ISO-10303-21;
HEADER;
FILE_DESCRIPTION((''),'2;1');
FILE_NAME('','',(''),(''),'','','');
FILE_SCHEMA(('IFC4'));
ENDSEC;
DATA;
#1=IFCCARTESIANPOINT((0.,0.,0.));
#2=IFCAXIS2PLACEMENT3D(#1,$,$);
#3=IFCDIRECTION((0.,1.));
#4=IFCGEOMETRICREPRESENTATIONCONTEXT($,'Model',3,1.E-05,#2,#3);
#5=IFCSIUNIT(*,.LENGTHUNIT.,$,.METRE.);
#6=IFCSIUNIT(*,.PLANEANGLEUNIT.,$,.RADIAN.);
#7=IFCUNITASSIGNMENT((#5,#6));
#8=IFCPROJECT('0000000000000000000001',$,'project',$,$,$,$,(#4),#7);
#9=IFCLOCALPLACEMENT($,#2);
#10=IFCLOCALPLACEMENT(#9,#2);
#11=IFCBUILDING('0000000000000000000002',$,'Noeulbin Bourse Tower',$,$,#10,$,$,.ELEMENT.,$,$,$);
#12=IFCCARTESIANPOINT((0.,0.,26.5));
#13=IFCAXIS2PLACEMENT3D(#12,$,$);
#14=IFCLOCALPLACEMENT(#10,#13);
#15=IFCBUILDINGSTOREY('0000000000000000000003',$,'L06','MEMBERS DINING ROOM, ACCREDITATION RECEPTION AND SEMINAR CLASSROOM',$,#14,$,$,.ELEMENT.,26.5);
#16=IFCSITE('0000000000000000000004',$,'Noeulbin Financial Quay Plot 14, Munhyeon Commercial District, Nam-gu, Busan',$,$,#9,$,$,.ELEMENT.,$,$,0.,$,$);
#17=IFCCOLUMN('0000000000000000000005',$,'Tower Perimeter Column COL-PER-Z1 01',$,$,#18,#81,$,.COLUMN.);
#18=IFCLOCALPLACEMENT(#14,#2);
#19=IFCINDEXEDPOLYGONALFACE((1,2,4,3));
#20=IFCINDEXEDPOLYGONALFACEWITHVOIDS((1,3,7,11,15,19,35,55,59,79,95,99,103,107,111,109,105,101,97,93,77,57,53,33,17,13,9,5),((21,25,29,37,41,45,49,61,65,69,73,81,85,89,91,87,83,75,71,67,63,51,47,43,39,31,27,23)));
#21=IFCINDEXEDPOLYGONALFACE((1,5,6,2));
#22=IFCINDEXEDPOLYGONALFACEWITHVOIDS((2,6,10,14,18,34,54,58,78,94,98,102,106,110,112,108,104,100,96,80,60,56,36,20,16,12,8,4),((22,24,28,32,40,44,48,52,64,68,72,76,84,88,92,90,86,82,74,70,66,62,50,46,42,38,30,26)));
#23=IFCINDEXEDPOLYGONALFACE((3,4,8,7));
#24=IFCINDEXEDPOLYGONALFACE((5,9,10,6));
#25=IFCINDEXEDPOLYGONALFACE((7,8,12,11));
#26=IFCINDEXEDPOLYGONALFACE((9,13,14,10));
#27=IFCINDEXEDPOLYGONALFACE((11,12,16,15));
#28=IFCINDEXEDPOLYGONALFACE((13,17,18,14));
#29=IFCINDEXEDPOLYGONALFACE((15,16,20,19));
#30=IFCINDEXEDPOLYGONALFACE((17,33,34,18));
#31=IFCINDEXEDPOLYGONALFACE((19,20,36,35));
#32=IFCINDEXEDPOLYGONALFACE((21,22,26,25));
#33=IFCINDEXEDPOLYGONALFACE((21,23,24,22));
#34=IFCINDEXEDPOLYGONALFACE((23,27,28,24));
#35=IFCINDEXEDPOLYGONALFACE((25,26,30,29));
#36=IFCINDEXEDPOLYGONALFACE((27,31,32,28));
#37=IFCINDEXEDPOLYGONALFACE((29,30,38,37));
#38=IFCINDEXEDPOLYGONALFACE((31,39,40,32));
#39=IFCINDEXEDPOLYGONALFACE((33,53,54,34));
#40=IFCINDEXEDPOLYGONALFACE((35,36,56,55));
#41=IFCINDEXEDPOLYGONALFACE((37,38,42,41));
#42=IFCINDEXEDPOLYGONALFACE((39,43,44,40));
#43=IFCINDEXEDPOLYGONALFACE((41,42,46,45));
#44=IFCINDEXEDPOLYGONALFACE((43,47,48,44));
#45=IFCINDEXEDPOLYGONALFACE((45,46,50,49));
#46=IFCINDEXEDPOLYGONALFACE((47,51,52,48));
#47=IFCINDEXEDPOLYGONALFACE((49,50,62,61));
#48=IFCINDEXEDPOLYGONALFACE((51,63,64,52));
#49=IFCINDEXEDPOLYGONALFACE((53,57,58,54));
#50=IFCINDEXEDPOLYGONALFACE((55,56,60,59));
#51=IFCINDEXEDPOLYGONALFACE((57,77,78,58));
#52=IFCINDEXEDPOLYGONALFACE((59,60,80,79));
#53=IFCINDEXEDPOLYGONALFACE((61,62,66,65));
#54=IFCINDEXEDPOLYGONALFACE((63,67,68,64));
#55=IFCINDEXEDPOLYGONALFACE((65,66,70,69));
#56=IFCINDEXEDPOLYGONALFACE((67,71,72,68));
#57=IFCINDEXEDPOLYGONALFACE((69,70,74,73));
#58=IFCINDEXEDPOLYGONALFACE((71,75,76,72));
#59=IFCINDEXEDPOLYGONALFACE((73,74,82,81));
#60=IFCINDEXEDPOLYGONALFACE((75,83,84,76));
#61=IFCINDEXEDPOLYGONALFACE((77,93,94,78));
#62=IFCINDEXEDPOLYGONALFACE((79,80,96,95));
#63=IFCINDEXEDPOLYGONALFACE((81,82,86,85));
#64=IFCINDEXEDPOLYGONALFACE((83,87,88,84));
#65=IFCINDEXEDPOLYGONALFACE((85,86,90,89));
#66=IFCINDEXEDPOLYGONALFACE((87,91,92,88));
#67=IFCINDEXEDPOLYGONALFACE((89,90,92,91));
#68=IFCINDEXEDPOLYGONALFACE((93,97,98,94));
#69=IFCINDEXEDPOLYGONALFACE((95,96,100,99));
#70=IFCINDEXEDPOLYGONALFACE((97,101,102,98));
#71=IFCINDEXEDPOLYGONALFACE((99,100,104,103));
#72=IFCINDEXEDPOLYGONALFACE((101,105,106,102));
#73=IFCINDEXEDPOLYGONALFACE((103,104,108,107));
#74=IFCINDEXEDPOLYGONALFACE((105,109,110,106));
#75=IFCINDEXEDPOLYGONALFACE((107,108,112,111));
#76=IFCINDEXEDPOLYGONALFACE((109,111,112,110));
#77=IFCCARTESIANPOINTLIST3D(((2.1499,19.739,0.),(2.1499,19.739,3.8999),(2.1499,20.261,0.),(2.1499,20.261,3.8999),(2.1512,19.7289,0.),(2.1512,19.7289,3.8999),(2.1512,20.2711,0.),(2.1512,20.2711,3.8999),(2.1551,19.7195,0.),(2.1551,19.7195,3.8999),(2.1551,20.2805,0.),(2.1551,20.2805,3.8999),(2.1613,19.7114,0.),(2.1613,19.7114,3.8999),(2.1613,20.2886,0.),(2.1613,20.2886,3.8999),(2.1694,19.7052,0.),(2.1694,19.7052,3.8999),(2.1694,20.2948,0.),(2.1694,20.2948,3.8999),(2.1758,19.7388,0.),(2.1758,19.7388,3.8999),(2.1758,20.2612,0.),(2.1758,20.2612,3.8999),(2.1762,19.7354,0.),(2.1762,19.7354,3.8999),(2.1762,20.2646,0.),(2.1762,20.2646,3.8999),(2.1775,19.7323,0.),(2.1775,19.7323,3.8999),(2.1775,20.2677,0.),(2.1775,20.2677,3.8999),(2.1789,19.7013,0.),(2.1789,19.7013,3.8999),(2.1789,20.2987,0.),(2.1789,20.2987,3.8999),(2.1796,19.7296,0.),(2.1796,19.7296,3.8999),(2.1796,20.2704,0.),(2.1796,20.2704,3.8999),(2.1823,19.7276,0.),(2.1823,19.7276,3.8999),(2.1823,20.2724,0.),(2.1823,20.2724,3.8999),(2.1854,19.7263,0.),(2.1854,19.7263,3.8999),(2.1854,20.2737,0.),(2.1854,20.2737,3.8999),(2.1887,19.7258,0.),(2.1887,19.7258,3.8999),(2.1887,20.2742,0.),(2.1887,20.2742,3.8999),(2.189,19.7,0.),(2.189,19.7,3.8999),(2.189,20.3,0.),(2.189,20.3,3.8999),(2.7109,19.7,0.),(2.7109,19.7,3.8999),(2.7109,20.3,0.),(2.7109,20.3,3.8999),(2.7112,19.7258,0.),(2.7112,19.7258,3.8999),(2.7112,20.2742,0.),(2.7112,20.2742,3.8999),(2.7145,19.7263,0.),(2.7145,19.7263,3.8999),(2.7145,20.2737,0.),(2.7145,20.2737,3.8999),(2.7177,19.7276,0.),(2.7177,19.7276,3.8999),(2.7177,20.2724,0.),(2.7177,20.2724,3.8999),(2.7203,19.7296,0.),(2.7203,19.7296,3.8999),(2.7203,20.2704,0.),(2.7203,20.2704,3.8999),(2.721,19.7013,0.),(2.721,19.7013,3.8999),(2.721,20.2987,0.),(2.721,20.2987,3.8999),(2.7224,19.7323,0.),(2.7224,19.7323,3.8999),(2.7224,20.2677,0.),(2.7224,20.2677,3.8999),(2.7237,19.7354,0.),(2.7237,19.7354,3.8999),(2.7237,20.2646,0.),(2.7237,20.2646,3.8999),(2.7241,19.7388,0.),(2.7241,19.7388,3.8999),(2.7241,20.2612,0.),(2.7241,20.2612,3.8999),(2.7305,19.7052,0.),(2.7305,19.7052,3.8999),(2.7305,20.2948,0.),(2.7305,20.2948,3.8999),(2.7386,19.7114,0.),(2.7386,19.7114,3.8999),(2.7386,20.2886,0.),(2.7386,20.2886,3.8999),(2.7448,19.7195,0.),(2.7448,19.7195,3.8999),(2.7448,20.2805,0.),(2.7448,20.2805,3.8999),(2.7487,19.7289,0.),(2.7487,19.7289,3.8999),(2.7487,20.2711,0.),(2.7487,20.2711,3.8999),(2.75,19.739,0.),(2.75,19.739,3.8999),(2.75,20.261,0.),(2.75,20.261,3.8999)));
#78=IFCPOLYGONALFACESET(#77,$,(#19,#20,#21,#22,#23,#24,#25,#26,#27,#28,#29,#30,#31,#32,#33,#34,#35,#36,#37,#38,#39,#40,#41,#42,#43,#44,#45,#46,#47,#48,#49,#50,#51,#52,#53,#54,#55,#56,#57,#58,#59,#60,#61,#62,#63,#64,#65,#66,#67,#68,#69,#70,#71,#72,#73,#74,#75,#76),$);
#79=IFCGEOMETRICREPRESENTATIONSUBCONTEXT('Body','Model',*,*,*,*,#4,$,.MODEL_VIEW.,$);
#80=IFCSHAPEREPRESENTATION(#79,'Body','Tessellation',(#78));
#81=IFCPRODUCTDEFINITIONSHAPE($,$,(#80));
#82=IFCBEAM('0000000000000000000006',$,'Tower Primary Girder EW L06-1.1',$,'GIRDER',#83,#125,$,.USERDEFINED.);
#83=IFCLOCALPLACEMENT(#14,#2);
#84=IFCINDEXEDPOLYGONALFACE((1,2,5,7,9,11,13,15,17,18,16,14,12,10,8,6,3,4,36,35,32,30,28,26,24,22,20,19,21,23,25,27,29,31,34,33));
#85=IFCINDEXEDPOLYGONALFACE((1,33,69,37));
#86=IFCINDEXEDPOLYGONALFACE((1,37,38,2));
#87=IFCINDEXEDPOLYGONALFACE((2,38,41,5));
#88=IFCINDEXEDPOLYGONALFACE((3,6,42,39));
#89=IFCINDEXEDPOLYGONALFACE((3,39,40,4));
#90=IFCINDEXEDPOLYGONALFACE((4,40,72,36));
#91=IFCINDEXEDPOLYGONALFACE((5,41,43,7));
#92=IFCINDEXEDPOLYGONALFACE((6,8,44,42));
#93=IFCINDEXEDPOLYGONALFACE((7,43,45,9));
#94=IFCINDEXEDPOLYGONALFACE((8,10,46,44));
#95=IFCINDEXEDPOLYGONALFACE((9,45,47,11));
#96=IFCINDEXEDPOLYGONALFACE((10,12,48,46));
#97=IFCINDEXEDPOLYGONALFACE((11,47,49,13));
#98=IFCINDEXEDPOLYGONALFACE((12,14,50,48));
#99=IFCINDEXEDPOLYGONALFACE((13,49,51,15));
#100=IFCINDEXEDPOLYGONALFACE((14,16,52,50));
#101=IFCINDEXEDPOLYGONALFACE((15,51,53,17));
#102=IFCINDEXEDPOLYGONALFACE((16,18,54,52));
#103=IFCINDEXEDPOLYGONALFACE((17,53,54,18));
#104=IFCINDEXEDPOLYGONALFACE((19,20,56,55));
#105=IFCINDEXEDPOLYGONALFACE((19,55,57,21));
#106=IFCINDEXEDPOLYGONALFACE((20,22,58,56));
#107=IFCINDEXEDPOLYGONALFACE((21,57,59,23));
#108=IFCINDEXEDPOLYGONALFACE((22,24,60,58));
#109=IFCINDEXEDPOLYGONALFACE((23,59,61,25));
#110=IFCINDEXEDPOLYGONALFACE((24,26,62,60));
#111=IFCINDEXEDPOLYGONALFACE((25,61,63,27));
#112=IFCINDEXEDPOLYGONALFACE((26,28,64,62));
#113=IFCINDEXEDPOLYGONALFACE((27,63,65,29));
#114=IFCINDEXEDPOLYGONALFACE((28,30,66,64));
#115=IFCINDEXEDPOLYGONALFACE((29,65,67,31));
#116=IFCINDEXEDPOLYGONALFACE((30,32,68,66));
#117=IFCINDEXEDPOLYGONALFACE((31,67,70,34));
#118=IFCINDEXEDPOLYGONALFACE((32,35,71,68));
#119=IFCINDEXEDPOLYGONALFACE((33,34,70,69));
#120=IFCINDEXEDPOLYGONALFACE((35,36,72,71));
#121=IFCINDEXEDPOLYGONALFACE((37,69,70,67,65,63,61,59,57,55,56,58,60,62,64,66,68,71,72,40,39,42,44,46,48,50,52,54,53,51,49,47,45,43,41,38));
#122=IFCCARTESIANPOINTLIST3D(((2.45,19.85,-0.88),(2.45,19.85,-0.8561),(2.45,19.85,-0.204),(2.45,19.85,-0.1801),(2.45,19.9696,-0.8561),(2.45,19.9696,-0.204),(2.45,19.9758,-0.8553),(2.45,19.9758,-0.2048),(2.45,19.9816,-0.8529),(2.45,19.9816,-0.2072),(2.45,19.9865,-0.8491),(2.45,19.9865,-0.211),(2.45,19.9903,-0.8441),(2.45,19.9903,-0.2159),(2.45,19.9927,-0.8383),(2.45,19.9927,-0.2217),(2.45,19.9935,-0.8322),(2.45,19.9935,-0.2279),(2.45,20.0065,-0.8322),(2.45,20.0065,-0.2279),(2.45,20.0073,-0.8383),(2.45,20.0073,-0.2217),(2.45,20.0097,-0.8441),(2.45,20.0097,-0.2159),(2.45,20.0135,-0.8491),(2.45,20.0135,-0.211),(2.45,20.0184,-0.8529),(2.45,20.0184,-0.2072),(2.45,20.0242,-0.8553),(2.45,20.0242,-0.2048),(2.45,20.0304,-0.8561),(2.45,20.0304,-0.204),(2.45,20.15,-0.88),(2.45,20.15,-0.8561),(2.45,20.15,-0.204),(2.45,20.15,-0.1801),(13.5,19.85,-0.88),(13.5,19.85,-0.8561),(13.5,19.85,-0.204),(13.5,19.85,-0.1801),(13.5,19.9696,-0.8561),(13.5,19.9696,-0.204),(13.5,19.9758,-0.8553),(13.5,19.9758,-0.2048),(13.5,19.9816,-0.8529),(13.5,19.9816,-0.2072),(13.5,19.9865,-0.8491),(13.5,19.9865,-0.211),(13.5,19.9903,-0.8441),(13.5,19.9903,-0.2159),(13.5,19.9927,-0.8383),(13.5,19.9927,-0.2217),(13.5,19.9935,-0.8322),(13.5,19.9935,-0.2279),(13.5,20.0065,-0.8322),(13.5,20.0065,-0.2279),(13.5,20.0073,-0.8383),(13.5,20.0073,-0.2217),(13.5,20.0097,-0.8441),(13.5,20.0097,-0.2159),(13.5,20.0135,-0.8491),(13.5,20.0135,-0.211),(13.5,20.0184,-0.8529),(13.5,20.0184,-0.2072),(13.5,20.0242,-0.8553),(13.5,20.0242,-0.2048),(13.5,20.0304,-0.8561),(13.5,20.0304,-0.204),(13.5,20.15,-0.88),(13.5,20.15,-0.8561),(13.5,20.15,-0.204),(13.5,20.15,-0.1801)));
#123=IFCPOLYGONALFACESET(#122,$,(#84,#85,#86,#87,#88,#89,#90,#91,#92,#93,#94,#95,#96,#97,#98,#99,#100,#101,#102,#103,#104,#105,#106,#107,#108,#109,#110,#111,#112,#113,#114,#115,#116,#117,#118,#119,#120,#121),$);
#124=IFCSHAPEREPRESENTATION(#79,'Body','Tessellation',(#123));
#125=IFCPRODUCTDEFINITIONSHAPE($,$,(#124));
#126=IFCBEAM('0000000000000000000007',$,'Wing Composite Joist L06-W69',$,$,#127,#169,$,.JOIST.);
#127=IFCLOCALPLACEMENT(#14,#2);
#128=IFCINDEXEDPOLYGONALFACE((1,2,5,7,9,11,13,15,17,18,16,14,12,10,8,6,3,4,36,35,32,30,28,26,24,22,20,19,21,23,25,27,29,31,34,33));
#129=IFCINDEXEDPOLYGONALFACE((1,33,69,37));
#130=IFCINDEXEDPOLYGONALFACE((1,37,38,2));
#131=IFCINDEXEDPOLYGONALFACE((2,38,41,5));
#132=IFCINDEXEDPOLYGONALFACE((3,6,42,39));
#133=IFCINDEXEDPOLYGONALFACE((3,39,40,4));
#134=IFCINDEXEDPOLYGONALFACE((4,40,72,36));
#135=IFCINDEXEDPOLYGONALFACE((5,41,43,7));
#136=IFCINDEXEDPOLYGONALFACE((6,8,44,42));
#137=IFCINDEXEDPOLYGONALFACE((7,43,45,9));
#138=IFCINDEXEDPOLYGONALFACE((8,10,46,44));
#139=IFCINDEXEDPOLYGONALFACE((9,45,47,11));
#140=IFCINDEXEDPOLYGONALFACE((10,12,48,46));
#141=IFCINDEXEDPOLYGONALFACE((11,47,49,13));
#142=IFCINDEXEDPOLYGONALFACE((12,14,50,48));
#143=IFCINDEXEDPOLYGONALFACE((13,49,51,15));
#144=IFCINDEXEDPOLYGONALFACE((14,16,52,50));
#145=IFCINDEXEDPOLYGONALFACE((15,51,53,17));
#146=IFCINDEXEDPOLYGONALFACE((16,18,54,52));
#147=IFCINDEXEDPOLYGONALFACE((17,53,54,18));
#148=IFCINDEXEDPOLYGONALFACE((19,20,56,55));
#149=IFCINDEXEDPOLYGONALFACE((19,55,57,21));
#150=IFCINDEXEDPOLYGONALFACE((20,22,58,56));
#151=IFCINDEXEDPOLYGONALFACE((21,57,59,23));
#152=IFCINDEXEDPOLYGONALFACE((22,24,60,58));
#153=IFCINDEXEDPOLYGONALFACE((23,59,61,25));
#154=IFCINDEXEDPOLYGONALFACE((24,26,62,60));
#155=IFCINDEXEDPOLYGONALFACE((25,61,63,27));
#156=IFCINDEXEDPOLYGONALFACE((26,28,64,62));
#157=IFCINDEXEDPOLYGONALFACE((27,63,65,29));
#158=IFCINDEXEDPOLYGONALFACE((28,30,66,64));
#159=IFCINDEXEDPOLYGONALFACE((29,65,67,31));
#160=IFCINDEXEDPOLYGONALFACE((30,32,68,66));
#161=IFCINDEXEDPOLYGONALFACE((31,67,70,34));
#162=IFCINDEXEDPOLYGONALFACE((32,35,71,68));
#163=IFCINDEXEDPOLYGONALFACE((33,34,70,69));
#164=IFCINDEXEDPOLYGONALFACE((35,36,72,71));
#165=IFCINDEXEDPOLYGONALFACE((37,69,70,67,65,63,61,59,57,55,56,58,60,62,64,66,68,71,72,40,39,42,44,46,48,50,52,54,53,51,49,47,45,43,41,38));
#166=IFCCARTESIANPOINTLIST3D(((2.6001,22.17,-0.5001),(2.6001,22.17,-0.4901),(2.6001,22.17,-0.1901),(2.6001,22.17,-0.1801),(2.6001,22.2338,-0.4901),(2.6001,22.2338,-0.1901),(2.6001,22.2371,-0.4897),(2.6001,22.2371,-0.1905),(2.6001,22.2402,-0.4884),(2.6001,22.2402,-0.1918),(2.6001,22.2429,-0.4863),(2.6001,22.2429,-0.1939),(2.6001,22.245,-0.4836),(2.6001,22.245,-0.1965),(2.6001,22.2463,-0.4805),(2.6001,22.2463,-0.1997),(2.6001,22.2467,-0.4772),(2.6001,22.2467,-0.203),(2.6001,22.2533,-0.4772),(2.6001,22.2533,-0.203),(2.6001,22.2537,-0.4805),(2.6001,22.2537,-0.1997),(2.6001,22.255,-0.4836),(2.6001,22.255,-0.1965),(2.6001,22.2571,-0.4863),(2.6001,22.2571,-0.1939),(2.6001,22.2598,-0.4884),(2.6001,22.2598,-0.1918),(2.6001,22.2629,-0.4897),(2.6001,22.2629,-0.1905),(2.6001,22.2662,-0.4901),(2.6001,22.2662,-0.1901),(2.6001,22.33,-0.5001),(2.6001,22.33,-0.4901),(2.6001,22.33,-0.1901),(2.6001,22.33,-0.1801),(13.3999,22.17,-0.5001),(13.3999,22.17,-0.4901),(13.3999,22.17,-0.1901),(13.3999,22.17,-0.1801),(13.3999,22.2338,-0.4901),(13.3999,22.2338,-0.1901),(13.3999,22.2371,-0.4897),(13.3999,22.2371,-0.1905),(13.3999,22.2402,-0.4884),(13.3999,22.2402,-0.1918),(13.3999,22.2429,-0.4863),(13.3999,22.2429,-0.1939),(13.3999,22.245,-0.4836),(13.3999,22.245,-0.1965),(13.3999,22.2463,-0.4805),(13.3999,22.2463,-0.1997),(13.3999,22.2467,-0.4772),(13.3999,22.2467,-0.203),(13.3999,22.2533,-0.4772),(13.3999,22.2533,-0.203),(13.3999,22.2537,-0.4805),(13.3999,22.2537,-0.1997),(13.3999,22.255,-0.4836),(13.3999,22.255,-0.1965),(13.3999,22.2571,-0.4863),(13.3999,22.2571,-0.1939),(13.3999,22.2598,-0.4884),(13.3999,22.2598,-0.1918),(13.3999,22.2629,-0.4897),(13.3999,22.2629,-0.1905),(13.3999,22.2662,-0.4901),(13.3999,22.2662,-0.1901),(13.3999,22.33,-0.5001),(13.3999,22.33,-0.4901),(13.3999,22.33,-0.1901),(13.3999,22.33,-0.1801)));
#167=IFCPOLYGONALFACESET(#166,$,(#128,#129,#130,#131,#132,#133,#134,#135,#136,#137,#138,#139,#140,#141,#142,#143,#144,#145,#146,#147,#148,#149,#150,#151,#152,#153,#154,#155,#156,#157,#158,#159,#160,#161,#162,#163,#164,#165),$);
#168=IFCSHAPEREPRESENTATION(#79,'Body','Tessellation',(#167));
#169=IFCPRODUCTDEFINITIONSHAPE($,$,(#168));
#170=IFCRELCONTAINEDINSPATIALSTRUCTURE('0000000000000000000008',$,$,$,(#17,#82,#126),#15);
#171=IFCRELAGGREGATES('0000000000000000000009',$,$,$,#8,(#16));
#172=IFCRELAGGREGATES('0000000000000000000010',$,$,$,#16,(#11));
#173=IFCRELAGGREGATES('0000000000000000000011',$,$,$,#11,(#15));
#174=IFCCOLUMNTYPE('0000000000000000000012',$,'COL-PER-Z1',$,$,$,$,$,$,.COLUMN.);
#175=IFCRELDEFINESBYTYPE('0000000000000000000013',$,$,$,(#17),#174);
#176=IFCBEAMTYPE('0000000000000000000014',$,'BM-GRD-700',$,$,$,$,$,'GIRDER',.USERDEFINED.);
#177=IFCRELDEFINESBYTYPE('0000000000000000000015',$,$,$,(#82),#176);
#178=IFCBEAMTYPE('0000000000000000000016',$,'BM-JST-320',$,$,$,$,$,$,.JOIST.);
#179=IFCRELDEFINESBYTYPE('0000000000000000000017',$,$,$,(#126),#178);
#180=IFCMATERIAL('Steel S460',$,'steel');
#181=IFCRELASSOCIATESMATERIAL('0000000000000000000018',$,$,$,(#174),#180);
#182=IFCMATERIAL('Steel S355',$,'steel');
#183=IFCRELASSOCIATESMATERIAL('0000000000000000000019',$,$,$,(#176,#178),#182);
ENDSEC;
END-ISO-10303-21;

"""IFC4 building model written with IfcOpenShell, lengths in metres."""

from ifc_helpers import new_model, si_unit, direction, frame, origin, origin_2d, place, context, subcontext, project, spatial, hollow_rectangle, i_section, extrude, material, material_profile, profile_set, type_object, element, save


model = new_model("IFC4")

# Units and contexts
model_context = context("Model", 3, precision=1e-05, world=origin(), true_north=direction((0.0, 1.0)))
body_context = subcontext(model_context, "Body", "Model", "MODEL_VIEW")
ifc_project = project(units=[si_unit("LENGTHUNIT", "METRE"), si_unit("PLANEANGLEUNIT", "RADIAN")], contexts=[model_context])

# Site, building, storey
site_placement = place(None, origin())
site = spatial("IfcSite", under=ifc_project, at=site_placement, Name="Noeulbin Financial Quay Plot 14, Munhyeon Commercial District, Nam-gu, Busan", CompositionType="ELEMENT", RefElevation=0.0)
building_placement = place(site_placement, origin())
building = spatial("IfcBuilding", under=site, at=building_placement, Name="Noeulbin Bourse Tower", CompositionType="ELEMENT")
storey_placement = place(building_placement, frame((0.0, 0.0, 26.5)))
storey = spatial("IfcBuildingStorey", under=building, at=storey_placement, Name="L06", Description="MEMBERS DINING ROOM, ACCREDITATION RECEPTION AND SEMINAR CLASSROOM", CompositionType="ELEMENT", Elevation=26.5)

# Column
ifc_material_1 = material(Name="Steel S460", Category="steel")
ifc_material_profile_1 = material_profile(ifc_material_1, hollow_rectangle(XDim=0.6001, YDim=0.6001, WallThickness=0.0259, InnerFilletRadius=0.0129, OuterFilletRadius=0.0391, at=origin_2d()), Name="BOX-600x600x26", Category="LoadBearing")
ifc_profile_set_1 = profile_set([ifc_material_profile_1], Name="Steel S460")
column_type = type_object("IfcColumnType", Name="COL-PER-Z1", PredefinedType="COLUMN", material=ifc_profile_set_1)
column_placement = place(storey_placement, frame((2.45, 20.0, 0.0), z_axis=(0.0, 0.0, 1.0), x_axis=(1.0, 0.0, 0.0)))
element("IfcColumn", 1, at=column_placement, inside=storey, type_object=column_type, Name="Tower Perimeter Column COL-PER-Z1 01", PredefinedType="COLUMN", context=body_context, shape_type="SweptSolid", body=[
    extrude(hollow_rectangle(XDim=0.6001, YDim=0.6001, WallThickness=0.0259, InnerFilletRadius=0.0129, OuterFilletRadius=0.0391, at=origin_2d()), origin(), (0.0, 0.0, 1.0), 3.8999),
])

# Beams
ifc_material_2 = material(Name="Steel S355", Category="steel")
ifc_material_profile_2 = material_profile(ifc_material_2, i_section(OverallWidth=0.3, OverallDepth=0.7, WebThickness=0.0129, FlangeThickness=0.0239, FilletRadius=0.0239, at=origin_2d()), Name="H-700x300x13x24", Category="LoadBearing")
ifc_profile_set_2 = profile_set([ifc_material_profile_2], Name="Steel S355")
beam_type_1 = type_object("IfcBeamType", Name="BM-GRD-700", ElementType="GIRDER", PredefinedType="USERDEFINED", material=ifc_profile_set_2)
beam_1_placement = place(storey_placement, frame((2.45, 20.0, -0.53), z_axis=(1.0, 0.0, 0.0), x_axis=(0.0, 1.0, 0.0)))
element("IfcBeam", 2, at=beam_1_placement, inside=storey, type_object=beam_type_1, Name="Tower Primary Girder EW L06-1.1", ObjectType="GIRDER", PredefinedType="USERDEFINED", context=body_context, shape_type="SweptSolid", body=[
    extrude(i_section(OverallWidth=0.3, OverallDepth=0.7, WebThickness=0.0129, FlangeThickness=0.0239, FilletRadius=0.0239, at=origin_2d()), origin(), (0.0, 0.0, 1.0), 11.05),
])
ifc_material_profile_3 = material_profile(ifc_material_2, i_section(OverallWidth=0.1599, OverallDepth=0.3201, WebThickness=0.0066, FlangeThickness=0.01, FilletRadius=0.0129, at=origin_2d()), Name="H-320x160x6.5x10", Category="LoadBearing")
ifc_profile_set_3 = profile_set([ifc_material_profile_3], Name="Steel S355")
beam_type_2 = type_object("IfcBeamType", Name="BM-JST-320", PredefinedType="JOIST", material=ifc_profile_set_3)
beam_2_placement = place(storey_placement, frame((2.6001, 22.25, -0.3401), z_axis=(1.0, 0.0, 0.0), x_axis=(0.0, 1.0, 0.0)))
element("IfcBeam", 3, at=beam_2_placement, inside=storey, type_object=beam_type_2, Name="Wing Composite Joist L06-W69", PredefinedType="JOIST", context=body_context, shape_type="SweptSolid", body=[
    extrude(i_section(OverallWidth=0.1599, OverallDepth=0.3201, WebThickness=0.0066, FlangeThickness=0.01, FilletRadius=0.0129, at=origin_2d()), origin(), (0.0, 0.0, 1.0), 10.7998),
])

save(model, "model.ifc")
